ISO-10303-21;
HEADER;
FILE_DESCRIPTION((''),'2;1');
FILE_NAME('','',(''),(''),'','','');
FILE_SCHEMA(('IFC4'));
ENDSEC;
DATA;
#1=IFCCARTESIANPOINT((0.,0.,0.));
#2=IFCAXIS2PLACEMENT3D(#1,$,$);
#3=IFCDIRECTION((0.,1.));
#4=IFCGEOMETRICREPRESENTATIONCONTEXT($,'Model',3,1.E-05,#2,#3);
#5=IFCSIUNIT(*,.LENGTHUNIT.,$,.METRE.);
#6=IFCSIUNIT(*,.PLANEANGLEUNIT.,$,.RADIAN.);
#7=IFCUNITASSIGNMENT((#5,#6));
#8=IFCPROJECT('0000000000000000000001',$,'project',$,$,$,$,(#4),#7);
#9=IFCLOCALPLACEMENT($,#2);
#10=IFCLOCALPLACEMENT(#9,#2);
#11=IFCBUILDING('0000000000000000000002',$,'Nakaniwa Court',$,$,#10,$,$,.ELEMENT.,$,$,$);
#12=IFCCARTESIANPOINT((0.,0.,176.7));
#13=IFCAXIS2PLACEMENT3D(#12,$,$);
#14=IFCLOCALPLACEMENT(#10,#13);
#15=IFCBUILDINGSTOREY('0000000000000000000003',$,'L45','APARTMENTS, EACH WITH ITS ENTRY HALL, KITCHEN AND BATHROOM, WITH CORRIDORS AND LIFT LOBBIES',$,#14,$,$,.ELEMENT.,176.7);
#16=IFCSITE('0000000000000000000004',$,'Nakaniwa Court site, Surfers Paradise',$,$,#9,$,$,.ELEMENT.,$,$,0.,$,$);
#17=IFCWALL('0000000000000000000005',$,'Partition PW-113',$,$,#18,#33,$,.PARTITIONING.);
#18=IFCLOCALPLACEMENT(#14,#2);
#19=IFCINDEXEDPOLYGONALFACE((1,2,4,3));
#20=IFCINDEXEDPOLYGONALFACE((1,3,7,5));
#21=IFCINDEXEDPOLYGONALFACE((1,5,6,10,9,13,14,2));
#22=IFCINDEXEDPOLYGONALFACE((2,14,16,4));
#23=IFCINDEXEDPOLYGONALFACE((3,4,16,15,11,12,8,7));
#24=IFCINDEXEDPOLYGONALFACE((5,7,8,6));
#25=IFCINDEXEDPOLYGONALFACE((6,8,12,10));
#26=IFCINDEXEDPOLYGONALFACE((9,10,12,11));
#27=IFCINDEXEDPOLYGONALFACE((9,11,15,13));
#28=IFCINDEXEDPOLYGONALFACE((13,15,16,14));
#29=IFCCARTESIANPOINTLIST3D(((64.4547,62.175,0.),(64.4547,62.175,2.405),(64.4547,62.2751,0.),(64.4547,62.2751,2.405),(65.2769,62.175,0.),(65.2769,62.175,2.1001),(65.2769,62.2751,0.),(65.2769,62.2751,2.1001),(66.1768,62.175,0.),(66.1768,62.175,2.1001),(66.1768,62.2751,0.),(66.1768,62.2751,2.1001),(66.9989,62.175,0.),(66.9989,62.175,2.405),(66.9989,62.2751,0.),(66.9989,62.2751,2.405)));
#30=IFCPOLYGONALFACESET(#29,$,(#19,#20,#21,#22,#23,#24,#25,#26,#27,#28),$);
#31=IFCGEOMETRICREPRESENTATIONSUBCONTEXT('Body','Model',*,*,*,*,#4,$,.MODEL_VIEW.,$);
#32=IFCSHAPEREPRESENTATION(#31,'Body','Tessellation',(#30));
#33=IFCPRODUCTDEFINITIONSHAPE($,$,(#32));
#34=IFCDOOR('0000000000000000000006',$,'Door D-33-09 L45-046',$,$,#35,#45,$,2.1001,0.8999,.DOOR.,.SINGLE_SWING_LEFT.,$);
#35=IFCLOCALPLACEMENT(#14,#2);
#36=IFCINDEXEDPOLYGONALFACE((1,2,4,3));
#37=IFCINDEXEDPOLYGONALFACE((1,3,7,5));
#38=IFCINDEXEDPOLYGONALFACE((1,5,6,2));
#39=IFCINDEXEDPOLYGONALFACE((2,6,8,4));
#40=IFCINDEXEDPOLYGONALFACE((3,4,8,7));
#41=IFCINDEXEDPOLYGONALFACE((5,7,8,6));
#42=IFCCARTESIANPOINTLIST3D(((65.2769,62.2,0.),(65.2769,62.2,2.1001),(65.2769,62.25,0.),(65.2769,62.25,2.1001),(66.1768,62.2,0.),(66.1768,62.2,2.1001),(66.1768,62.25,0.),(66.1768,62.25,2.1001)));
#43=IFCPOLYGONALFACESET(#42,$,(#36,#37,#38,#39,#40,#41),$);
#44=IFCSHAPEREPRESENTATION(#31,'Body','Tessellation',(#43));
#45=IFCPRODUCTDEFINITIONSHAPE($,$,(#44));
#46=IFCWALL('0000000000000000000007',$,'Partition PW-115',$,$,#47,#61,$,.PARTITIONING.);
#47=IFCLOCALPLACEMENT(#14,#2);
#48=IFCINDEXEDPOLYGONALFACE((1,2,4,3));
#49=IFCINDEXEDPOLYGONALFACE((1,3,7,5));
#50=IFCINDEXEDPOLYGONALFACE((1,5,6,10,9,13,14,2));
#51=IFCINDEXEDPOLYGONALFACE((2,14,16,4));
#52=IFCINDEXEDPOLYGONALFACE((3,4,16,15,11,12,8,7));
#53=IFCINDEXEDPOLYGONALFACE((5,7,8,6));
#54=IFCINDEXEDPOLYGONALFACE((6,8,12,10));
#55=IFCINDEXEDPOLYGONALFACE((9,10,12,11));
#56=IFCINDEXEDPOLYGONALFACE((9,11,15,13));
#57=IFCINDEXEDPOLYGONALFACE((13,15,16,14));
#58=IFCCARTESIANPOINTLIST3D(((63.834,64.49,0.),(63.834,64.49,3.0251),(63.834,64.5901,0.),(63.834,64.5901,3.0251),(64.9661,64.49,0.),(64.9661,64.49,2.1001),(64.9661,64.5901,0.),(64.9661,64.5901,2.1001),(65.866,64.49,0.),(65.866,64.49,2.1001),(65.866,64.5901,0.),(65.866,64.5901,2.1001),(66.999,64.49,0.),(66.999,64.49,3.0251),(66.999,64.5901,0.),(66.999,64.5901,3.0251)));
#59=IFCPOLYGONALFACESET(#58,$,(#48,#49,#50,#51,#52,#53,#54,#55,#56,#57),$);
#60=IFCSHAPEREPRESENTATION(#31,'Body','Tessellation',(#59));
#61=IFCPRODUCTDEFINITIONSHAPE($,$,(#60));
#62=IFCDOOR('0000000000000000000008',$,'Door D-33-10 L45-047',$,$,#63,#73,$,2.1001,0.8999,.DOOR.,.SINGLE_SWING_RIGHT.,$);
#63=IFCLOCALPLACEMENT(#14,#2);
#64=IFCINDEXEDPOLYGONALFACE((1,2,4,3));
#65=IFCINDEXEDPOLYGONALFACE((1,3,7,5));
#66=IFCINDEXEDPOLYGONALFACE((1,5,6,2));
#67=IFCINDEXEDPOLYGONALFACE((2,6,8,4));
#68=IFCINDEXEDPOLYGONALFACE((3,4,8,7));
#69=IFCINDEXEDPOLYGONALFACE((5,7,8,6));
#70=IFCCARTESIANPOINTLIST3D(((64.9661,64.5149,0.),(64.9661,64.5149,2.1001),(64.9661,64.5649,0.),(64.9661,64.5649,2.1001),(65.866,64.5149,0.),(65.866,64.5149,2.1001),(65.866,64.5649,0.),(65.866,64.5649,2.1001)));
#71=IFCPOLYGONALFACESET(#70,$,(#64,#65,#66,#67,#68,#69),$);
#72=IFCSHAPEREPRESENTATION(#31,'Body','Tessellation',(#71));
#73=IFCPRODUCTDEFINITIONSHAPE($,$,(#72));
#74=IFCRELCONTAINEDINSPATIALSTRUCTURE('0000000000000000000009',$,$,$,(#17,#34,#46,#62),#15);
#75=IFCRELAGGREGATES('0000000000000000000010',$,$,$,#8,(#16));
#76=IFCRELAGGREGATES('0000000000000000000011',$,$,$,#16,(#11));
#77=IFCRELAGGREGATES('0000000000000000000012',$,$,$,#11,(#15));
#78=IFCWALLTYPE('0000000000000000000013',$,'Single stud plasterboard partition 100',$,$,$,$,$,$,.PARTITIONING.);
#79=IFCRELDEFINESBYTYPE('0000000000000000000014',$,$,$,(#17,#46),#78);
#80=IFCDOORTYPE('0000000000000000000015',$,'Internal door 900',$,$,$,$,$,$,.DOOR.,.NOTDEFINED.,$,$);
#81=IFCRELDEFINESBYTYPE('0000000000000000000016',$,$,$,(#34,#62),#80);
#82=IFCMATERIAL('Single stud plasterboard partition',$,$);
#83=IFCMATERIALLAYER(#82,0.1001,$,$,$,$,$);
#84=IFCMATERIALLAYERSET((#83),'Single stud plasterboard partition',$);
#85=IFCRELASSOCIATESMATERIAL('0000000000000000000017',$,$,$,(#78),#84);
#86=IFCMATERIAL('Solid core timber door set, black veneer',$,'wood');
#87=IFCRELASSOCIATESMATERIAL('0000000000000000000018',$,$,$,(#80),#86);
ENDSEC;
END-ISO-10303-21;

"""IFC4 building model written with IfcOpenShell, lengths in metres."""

from ifc_helpers import new_model, si_unit, direction, frame, frame_2d, origin, place, context, subcontext, project, spatial, rectangle, extrude, material, layer, layer_set, type_object, element, fill, save


model = new_model("IFC4")

# Units and contexts
model_context = context("Model", 3, precision=1e-05, world=origin(), true_north=direction((0.0, 1.0)))
body_context = subcontext(model_context, "Body", "Model", "MODEL_VIEW")
ifc_project = project(units=[si_unit("LENGTHUNIT", "METRE"), si_unit("PLANEANGLEUNIT", "RADIAN")], contexts=[model_context])

# Site, building, storey
site_placement = place(None, origin())
site = spatial("IfcSite", under=ifc_project, at=site_placement, Name="Nakaniwa Court site, Surfers Paradise", CompositionType="ELEMENT", RefElevation=0.0)
building_placement = place(site_placement, origin())
building = spatial("IfcBuilding", under=site, at=building_placement, Name="Nakaniwa Court", CompositionType="ELEMENT")
storey_placement = place(building_placement, frame((0.0, 0.0, 176.7)))
storey = spatial("IfcBuildingStorey", under=building, at=storey_placement, Name="L45", Description="APARTMENTS, EACH WITH ITS ENTRY HALL, KITCHEN AND BATHROOM, WITH CORRIDORS AND LIFT LOBBIES", CompositionType="ELEMENT", Elevation=176.7)

# Shared definitions
ifc_material_1 = material(Name="Solid core timber door set, black veneer", Category="wood")

# Walls, openings, doors
ifc_material_2 = material(Name="Single stud plasterboard partition")
ifc_layer_1 = layer(ifc_material_2, 0.1001)
ifc_layer_set_1 = layer_set([ifc_layer_1], Name="Single stud plasterboard partition")
wall_type_1 = type_object("IfcWallType", Name="Single stud plasterboard partition 100", PredefinedType="PARTITIONING", material=ifc_layer_set_1)
wall_1_placement = place(storey_placement, frame((64.4548, 62.2251, 0.0), z_axis=(0.0, 0.0, 1.0), x_axis=(1.0, 0.0, 0.0)))
wall_1 = element("IfcWall", 1, at=wall_1_placement, inside=storey, type_object=wall_type_1, Name="Partition PW-113", PredefinedType="PARTITIONING", context=body_context, shape_type="SweptSolid", body=[
    extrude(rectangle(XDim=2.5442, YDim=0.1001, at=frame_2d((1.272, 0.0))), origin(), (0.0, 0.0, 1.0), 2.405),
])
opening_1_placement = place(wall_1_placement, frame((0.822, 0.0, 0.0)))
opening_1 = element("IfcOpeningElement", 2, at=opening_1_placement, cuts=wall_1, PredefinedType="OPENING", context=body_context, shape_type="SweptSolid", body=[
    extrude(rectangle(XDim=0.8999, YDim=2.1001, at=frame_2d((0.45, 1.05))), frame((0.0, 0.0601, 0.0), z_axis=(0.0, -1.0, 0.0), x_axis=(1.0, 0.0, 0.0)), (0.0, 0.0, 1.0), 0.1201),
])
door_type_1 = type_object("IfcDoorType", Name="Internal door 900", OperationType="NOTDEFINED", PredefinedType="DOOR", material=ifc_material_1)
door_1_placement = place(opening_1_placement, origin())
door_1 = element("IfcDoor", 3, at=door_1_placement, inside=storey, type_object=door_type_1, Name="Door D-33-09 L45-046", OperationType="SINGLE_SWING_LEFT", OverallHeight=2.1001, OverallWidth=0.8999, PredefinedType="DOOR", context=body_context, shape_type="SweptSolid", body=[
    extrude(rectangle(XDim=0.8999, YDim=2.1001, at=frame_2d((0.45, 1.05))), frame((0.0, 0.0249, 0.0), z_axis=(0.0, -1.0, 0.0), x_axis=(1.0, 0.0, 0.0)), (0.0, 0.0, 1.0), 0.05),
])
fill(opening_1, door_1)
wall_2_placement = place(storey_placement, frame((63.834, 64.54, 0.0), z_axis=(0.0, 0.0, 1.0), x_axis=(1.0, 0.0, 0.0)))
wall_2 = element("IfcWall", 4, at=wall_2_placement, inside=storey, type_object=wall_type_1, Name="Partition PW-115", PredefinedType="PARTITIONING", context=body_context, shape_type="SweptSolid", body=[
    extrude(rectangle(XDim=3.165, YDim=0.1001, at=frame_2d((1.5825, 0.0))), origin(), (0.0, 0.0, 1.0), 3.0251),
])
opening_2_placement = place(wall_2_placement, frame((1.1321, 0.0, 0.0)))
opening_2 = element("IfcOpeningElement", 5, at=opening_2_placement, cuts=wall_2, PredefinedType="OPENING", context=body_context, shape_type="SweptSolid", body=[
    extrude(rectangle(XDim=0.8999, YDim=2.1001, at=frame_2d((0.45, 1.05))), frame((0.0, 0.0601, 0.0), z_axis=(0.0, -1.0, 0.0), x_axis=(1.0, 0.0, 0.0)), (0.0, 0.0, 1.0), 0.1201),
])
door_2_placement = place(opening_2_placement, origin())
door_2 = element("IfcDoor", 6, at=door_2_placement, inside=storey, type_object=door_type_1, Name="Door D-33-10 L45-047", OperationType="SINGLE_SWING_RIGHT", OverallHeight=2.1001, OverallWidth=0.8999, PredefinedType="DOOR", context=body_context, shape_type="SweptSolid", body=[
    extrude(rectangle(XDim=0.8999, YDim=2.1001, at=frame_2d((0.45, 1.05))), frame((0.0, 0.0249, 0.0), z_axis=(0.0, -1.0, 0.0), x_axis=(1.0, 0.0, 0.0)), (0.0, 0.0, 1.0), 0.05),
])
fill(opening_2, door_2)

save(model, "model.ifc")
